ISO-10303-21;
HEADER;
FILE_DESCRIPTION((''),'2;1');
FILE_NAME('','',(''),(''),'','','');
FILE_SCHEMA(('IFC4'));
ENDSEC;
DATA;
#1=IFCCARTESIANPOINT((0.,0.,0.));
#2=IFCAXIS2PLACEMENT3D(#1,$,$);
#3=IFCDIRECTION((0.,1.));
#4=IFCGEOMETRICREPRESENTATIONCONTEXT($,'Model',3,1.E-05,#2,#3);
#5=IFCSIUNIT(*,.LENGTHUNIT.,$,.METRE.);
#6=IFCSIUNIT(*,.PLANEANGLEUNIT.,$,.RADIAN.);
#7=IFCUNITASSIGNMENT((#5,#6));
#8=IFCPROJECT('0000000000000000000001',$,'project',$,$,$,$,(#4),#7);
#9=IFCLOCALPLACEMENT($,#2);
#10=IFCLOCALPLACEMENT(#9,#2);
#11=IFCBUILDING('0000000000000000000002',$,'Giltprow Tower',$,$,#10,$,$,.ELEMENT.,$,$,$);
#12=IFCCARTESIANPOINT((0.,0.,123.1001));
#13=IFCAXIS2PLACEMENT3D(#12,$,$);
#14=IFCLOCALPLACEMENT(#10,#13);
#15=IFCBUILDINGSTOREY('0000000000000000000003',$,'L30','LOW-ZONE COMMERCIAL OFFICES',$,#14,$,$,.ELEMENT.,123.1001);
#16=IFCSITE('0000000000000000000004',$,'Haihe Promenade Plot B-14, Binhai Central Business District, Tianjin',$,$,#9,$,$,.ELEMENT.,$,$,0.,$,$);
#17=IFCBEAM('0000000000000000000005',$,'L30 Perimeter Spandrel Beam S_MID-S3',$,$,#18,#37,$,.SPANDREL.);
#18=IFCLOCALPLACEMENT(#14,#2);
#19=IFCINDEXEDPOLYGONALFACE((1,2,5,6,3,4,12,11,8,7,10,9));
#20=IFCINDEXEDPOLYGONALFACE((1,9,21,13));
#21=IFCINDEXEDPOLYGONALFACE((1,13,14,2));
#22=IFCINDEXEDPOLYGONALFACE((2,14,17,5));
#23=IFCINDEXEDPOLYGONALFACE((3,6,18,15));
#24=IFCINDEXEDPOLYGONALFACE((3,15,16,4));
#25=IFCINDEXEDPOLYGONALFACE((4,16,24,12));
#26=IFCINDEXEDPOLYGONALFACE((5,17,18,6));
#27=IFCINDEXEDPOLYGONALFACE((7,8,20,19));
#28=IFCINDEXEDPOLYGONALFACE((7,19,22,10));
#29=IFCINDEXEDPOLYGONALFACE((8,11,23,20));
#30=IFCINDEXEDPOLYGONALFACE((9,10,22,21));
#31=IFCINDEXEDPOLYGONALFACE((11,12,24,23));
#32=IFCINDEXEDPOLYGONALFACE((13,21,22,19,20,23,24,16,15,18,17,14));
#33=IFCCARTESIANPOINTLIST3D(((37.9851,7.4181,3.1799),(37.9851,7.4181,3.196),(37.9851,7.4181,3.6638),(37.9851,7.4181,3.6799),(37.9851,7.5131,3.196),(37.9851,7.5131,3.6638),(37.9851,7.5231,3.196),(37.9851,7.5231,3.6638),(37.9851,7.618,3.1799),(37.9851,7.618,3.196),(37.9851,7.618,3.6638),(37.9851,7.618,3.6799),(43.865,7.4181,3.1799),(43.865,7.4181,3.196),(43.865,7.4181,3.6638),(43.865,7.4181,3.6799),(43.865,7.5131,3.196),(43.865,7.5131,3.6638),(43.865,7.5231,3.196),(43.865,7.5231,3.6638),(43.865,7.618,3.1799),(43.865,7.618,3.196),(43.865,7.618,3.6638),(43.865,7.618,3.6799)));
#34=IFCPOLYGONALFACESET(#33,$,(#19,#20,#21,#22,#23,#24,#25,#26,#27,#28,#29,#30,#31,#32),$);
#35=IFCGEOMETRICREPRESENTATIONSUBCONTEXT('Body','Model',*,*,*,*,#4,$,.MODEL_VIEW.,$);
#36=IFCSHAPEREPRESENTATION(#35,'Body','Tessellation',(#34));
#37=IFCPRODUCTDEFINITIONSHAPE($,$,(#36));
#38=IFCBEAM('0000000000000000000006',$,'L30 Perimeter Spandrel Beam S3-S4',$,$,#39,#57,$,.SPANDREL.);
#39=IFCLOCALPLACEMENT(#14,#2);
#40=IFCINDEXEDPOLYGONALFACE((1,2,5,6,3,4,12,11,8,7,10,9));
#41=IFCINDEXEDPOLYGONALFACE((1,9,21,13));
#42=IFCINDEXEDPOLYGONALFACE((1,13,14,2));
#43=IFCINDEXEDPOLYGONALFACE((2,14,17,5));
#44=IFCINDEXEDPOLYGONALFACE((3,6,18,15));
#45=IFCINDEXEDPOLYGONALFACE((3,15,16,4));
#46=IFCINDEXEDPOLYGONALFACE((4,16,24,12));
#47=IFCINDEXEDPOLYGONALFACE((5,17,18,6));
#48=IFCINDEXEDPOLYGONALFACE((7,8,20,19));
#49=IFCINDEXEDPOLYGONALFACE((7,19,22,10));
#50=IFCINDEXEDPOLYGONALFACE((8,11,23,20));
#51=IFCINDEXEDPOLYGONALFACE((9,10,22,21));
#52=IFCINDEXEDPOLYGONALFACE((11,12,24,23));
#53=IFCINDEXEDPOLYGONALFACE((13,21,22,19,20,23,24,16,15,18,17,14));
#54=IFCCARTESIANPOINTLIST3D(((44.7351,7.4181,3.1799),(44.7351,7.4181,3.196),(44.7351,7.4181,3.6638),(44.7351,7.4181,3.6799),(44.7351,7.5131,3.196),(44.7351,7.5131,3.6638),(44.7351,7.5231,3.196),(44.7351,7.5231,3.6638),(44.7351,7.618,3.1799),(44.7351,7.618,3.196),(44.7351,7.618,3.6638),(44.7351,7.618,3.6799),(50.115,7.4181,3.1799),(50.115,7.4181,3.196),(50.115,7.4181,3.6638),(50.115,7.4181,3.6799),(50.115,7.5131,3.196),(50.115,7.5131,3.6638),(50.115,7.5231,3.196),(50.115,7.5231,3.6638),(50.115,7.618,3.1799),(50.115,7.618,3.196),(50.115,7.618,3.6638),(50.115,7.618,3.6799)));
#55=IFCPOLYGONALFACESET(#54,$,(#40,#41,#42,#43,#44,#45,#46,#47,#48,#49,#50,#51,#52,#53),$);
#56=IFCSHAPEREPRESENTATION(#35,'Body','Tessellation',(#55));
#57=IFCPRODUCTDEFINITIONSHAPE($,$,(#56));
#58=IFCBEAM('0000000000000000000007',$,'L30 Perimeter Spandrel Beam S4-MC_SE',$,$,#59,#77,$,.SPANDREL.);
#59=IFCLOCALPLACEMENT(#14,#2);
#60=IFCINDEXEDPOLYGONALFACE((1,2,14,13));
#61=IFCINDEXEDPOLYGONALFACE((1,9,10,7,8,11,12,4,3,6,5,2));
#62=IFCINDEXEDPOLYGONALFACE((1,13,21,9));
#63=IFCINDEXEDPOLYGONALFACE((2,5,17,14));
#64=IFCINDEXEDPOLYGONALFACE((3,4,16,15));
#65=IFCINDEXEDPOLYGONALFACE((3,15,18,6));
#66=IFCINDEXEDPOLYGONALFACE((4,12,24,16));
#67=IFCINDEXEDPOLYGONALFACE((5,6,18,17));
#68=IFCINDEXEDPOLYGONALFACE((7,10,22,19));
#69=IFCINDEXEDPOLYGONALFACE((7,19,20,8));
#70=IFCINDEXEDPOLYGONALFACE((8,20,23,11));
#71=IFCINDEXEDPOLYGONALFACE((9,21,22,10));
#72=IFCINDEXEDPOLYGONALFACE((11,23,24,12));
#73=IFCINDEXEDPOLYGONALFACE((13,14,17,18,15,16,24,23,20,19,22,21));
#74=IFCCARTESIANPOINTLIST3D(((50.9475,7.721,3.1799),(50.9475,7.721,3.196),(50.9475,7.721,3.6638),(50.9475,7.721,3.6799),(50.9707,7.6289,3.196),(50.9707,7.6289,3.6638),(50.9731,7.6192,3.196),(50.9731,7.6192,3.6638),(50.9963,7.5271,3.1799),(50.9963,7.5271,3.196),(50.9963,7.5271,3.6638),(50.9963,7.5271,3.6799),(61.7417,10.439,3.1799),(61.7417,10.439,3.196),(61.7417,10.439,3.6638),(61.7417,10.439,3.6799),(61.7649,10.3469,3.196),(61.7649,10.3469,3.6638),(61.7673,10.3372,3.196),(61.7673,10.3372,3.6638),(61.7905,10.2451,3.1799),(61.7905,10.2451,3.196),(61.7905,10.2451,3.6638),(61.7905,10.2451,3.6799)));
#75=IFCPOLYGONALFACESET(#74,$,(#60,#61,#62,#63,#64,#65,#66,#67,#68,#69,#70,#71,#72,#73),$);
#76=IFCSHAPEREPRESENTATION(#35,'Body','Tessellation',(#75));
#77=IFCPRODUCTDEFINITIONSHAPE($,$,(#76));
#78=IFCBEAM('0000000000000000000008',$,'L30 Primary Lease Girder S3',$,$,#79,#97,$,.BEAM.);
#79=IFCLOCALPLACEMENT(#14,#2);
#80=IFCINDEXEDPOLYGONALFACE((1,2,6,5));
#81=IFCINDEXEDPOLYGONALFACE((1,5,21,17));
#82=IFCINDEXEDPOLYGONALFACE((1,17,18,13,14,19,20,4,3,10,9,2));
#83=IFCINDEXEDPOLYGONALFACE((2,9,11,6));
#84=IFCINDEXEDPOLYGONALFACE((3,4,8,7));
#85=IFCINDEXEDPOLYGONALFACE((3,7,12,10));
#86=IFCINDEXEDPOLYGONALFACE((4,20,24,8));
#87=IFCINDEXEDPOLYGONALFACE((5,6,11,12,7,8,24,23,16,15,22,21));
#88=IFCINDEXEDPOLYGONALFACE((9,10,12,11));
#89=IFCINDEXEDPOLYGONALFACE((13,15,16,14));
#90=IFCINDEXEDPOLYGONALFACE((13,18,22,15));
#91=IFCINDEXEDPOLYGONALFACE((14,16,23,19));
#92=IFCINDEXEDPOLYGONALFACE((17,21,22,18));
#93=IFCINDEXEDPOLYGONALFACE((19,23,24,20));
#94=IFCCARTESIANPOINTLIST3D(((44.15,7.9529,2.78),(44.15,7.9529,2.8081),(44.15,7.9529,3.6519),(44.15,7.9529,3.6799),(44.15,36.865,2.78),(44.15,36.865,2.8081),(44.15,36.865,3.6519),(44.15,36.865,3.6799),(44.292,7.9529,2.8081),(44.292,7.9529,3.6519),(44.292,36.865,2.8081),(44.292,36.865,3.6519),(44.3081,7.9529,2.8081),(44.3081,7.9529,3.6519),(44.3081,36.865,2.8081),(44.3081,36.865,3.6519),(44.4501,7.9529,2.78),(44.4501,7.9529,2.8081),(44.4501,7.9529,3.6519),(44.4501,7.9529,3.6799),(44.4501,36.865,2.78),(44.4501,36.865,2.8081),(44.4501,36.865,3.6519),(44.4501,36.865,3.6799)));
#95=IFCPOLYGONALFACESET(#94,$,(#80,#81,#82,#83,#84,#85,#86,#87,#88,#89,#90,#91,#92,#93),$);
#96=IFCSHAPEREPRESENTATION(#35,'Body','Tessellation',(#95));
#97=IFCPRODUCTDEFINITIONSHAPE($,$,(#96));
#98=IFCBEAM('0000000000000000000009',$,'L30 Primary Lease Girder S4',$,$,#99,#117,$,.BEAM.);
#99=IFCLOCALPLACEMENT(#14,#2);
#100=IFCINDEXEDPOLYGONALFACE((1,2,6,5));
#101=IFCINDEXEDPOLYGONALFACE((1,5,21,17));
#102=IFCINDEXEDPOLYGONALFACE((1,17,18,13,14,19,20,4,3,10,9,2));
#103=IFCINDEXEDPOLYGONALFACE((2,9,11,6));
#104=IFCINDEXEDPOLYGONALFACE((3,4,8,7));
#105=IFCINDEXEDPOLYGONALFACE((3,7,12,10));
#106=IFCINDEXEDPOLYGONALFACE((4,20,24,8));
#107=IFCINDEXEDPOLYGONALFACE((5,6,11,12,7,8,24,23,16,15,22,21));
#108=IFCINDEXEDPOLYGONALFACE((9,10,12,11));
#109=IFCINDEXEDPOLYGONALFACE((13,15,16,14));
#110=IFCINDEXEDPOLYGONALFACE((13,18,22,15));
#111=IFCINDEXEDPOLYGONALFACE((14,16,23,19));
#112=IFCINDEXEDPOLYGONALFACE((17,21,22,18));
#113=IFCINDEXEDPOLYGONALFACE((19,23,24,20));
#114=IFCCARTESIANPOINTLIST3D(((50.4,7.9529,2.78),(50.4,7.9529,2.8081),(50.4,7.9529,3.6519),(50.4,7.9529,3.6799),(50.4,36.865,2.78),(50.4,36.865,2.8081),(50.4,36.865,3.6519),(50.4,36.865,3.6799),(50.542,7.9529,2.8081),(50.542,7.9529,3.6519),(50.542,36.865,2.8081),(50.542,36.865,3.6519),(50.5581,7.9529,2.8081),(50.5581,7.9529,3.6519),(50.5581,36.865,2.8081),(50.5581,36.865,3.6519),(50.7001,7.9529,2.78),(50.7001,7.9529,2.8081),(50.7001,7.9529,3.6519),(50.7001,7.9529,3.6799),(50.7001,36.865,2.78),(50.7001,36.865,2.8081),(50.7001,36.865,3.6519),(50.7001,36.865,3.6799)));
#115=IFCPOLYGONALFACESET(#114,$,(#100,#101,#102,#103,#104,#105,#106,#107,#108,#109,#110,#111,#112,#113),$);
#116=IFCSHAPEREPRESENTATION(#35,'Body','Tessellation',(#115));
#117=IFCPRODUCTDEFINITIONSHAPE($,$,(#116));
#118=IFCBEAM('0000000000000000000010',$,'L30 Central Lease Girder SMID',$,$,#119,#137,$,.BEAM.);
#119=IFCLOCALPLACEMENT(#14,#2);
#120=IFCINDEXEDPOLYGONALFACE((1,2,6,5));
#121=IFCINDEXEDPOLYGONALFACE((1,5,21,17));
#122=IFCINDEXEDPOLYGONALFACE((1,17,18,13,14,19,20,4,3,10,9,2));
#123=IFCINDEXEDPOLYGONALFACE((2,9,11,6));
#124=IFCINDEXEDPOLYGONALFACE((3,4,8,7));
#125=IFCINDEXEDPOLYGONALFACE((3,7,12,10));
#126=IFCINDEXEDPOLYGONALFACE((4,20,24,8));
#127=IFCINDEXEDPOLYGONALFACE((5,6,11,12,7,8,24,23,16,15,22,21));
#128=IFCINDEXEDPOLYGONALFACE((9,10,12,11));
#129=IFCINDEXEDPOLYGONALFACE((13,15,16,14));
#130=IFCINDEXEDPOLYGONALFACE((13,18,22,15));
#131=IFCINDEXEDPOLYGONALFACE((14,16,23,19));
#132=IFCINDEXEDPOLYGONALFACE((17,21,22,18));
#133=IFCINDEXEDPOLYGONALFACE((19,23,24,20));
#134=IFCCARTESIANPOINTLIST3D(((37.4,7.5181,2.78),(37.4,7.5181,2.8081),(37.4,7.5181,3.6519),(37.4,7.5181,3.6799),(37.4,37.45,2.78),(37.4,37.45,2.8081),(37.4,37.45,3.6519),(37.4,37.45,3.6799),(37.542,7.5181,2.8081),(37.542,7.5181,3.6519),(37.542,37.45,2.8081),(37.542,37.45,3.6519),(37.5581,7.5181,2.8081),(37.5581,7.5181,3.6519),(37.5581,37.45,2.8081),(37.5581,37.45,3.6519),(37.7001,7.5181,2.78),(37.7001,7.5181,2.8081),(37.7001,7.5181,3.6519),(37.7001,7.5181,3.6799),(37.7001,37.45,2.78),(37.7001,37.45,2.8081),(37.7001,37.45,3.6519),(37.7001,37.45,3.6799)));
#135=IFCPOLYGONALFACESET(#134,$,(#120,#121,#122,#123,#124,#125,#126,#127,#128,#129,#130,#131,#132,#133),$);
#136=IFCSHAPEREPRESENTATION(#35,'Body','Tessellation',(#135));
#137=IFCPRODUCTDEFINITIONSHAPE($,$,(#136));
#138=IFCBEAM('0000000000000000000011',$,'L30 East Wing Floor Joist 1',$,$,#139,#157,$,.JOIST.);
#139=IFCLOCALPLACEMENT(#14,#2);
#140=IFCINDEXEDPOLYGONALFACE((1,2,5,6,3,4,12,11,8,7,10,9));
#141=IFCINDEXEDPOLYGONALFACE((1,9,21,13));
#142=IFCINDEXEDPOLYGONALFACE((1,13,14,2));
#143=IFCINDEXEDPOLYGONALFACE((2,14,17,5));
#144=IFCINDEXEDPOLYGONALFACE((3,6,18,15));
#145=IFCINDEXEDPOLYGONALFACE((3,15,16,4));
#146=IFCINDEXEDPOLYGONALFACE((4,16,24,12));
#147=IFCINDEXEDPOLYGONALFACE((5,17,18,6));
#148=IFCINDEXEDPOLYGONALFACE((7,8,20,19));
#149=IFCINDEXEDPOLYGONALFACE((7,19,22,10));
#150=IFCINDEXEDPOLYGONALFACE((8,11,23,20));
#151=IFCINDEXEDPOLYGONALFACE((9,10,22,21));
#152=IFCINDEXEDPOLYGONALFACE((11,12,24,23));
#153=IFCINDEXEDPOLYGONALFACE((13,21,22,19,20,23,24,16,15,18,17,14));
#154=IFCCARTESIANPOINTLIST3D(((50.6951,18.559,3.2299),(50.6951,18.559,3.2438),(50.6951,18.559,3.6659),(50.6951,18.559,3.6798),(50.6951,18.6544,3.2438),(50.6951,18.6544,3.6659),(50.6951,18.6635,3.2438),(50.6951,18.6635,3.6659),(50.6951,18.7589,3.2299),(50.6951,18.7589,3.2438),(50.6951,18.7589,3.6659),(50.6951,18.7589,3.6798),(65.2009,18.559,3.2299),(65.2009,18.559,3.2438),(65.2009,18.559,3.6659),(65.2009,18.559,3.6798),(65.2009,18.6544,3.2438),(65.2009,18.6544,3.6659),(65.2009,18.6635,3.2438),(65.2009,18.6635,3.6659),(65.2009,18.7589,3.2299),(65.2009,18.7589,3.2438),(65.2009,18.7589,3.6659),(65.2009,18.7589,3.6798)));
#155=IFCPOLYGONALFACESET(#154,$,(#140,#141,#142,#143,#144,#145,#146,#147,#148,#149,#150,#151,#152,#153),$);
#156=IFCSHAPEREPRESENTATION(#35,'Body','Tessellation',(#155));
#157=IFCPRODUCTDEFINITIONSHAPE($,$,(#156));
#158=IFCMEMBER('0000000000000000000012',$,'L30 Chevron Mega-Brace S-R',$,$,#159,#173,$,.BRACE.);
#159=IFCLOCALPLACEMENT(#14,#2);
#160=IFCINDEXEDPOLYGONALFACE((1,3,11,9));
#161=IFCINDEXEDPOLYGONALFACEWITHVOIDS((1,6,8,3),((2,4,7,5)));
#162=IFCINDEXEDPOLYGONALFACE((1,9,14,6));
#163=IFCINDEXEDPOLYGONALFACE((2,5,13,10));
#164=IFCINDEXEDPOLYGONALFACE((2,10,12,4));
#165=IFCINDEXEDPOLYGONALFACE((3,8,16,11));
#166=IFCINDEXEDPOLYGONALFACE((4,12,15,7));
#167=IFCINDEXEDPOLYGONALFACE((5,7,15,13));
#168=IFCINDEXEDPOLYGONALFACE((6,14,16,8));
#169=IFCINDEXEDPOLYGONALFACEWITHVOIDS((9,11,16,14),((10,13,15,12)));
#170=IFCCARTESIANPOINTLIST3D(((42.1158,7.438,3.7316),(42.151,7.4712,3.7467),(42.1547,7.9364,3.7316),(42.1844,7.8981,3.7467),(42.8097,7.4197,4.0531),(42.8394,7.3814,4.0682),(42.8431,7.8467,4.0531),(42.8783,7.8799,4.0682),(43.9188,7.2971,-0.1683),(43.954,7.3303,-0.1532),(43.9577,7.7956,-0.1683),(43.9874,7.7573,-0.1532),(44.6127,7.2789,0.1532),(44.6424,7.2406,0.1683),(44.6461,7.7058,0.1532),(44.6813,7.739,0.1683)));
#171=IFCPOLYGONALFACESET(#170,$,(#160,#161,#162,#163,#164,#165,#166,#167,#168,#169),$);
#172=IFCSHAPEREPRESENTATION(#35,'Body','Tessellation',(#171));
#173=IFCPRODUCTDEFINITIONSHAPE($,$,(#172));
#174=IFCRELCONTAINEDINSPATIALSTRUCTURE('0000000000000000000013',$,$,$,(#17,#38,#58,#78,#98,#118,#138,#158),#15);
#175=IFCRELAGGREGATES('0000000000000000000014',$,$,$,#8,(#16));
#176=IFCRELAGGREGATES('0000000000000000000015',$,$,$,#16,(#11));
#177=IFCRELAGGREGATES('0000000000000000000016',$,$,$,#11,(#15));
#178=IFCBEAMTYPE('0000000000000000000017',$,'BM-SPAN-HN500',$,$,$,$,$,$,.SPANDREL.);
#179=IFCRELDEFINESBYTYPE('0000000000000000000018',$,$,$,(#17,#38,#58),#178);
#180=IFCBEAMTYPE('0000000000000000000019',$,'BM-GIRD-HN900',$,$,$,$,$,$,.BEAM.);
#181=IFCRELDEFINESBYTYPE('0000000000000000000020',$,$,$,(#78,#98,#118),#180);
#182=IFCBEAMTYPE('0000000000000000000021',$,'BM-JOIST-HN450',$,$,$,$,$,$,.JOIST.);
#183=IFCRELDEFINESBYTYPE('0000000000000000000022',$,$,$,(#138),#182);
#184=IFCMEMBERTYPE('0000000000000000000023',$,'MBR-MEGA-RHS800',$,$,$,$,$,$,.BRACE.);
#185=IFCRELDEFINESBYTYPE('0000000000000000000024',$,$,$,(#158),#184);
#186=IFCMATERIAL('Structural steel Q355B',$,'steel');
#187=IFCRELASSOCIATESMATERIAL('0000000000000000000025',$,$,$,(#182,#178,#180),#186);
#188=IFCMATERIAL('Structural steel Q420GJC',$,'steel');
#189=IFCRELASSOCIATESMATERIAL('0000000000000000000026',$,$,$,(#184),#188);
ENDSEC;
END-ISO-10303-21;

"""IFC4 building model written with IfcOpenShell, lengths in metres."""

from ifc_helpers import new_model, si_unit, direction, frame, origin, origin_2d, place, context, subcontext, project, spatial, hollow_rectangle, i_section, extrude, source, transform, mapped, material, material_profile, profile_set, type_object, element, save


model = new_model("IFC4")

# Units and contexts
model_context = context("Model", 3, precision=1e-05, world=origin(), true_north=direction((0.0, 1.0)))
body_context = subcontext(model_context, "Body", "Model", "MODEL_VIEW")
ifc_project = project(units=[si_unit("LENGTHUNIT", "METRE"), si_unit("PLANEANGLEUNIT", "RADIAN")], contexts=[model_context])

# Site, building, storey
site_placement = place(None, origin())
site = spatial("IfcSite", under=ifc_project, at=site_placement, Name="Haihe Promenade Plot B-14, Binhai Central Business District, Tianjin", CompositionType="ELEMENT", RefElevation=0.0)
building_placement = place(site_placement, origin())
building = spatial("IfcBuilding", under=site, at=building_placement, Name="Giltprow Tower", CompositionType="ELEMENT")
storey_placement = place(building_placement, frame((0.0, 0.0, 123.1001)))
storey = spatial("IfcBuildingStorey", under=building, at=storey_placement, Name="L30", Description="LOW-ZONE COMMERCIAL OFFICES", CompositionType="ELEMENT", Elevation=123.1001)

# Shared definitions
ifc_material_1 = material(Name="Structural steel Q420GJC", Category="steel")

# Beams
ifc_material_2 = material(Name="Structural steel Q355B", Category="steel")
ifc_material_profile_1 = material_profile(ifc_material_2, i_section(OverallWidth=0.2, OverallDepth=0.45, WebThickness=0.009, FlangeThickness=0.0139, at=origin_2d()), Name="HN 450x200x9x14")
ifc_profile_set_1 = profile_set([ifc_material_profile_1], Name="Structural steel Q355B")
beam_type_1 = type_object("IfcBeamType", Name="BM-JOIST-HN450", PredefinedType="JOIST", material=ifc_profile_set_1)
ifc_material_profile_2 = material_profile(ifc_material_2, i_section(OverallWidth=0.2, OverallDepth=0.5, WebThickness=0.01, FlangeThickness=0.0161, at=origin_2d()), Name="HN 500x200x10x16")
ifc_profile_set_2 = profile_set([ifc_material_profile_2], Name="Structural steel Q355B")
beam_type_2 = type_object("IfcBeamType", Name="BM-SPAN-HN500", PredefinedType="SPANDREL", material=ifc_profile_set_2)
shared_shape_1 = source(origin(), body_context, "Body", "SweptSolid", [
    extrude(i_section(OverallWidth=0.2, OverallDepth=0.5, WebThickness=0.01, FlangeThickness=0.0161, at=origin_2d()), origin(), (0.0, 0.0, 1.0), 5.8799),
])
beam_1_placement = place(storey_placement, frame((37.9851, 7.5181, 3.4299), z_axis=(1.0, 0.0, 0.0), x_axis=(0.0, 1.0, 0.0)))
element("IfcBeam", 1, at=beam_1_placement, inside=storey, type_object=beam_type_2, Name="L30 Perimeter Spandrel Beam S_MID-S3", PredefinedType="SPANDREL", context=body_context, shape_type="MappedRepresentation", body=[
    mapped(shared_shape_1, transform((0.0, 0.0, 0.0), x_axis=(1.0, 0.0, 0.0), y_axis=(0.0, 1.0, 0.0), z_axis=(0.0, 0.0, 1.0), scale=1.0)),
])
shared_shape_2 = source(origin(), body_context, "Body", "SweptSolid", [
    extrude(i_section(OverallWidth=0.2, OverallDepth=0.5, WebThickness=0.01, FlangeThickness=0.0161, at=origin_2d()), origin(), (0.0, 0.0, 1.0), 5.3799),
])
beam_2_placement = place(storey_placement, frame((44.7351, 7.5181, 3.4299), z_axis=(1.0, 0.0, 0.0), x_axis=(0.0, 1.0, 0.0)))
element("IfcBeam", 2, at=beam_2_placement, inside=storey, type_object=beam_type_2, Name="L30 Perimeter Spandrel Beam S3-S4", PredefinedType="SPANDREL", context=body_context, shape_type="MappedRepresentation", body=[
    mapped(shared_shape_2, transform((0.0, 0.0, 0.0), x_axis=(1.0, 0.0, 0.0), y_axis=(0.0, 1.0, 0.0), z_axis=(0.0, 0.0, 1.0), scale=1.0)),
])
shared_shape_3 = source(origin(), body_context, "Body", "SweptSolid", [
    extrude(i_section(OverallWidth=0.2, OverallDepth=0.5, WebThickness=0.01, FlangeThickness=0.0161, at=origin_2d()), origin(), (0.0, 0.0, 1.0), 11.1311),
])
beam_3_placement = place(storey_placement, frame((50.9719, 7.624, 3.4299), z_axis=(0.96973, 0.244182, 0.0), x_axis=(-0.244182, 0.96973, 0.0)))
element("IfcBeam", 3, at=beam_3_placement, inside=storey, type_object=beam_type_2, Name="L30 Perimeter Spandrel Beam S4-MC_SE", PredefinedType="SPANDREL", context=body_context, shape_type="MappedRepresentation", body=[
    mapped(shared_shape_3, transform((0.0, 0.0, 0.0), x_axis=(1.0, 0.0, 0.0), y_axis=(0.0, 1.0, 0.0), z_axis=(0.0, 0.0, 1.0), scale=1.0)),
])
ifc_material_profile_3 = material_profile(ifc_material_2, i_section(OverallWidth=0.3, OverallDepth=0.8999, WebThickness=0.0161, FlangeThickness=0.0281, at=origin_2d()), Name="HN 900x300x16x28")
ifc_profile_set_3 = profile_set([ifc_material_profile_3], Name="Structural steel Q355B")
beam_type_3 = type_object("IfcBeamType", Name="BM-GIRD-HN900", PredefinedType="BEAM", material=ifc_profile_set_3)
shared_shape_4 = source(origin(), body_context, "Body", "SweptSolid", [
    extrude(i_section(OverallWidth=0.3, OverallDepth=0.8999, WebThickness=0.0161, FlangeThickness=0.0281, at=origin_2d()), origin(), (0.0, 0.0, 1.0), 28.9121),
])
for number, where, z_axis, x_axis, name in (
    (4, (44.3, 7.9529, 3.23), (0.0, 1.0, 0.0), (-1.0, 0.0, 0.0), "L30 Primary Lease Girder S3"),
    (5, (50.55, 7.9529, 3.23), (0.0, 1.0, 0.0), (-1.0, 0.0, 0.0), "L30 Primary Lease Girder S4"),
):
    element("IfcBeam", number, at=place(storey_placement, frame(where, z_axis=z_axis, x_axis=x_axis)), inside=storey, type_object=beam_type_3, Name=name, PredefinedType="BEAM", context=body_context, shape_type="MappedRepresentation", body=[
        mapped(shared_shape_4, transform((0.0, 0.0, 0.0), x_axis=(1.0, 0.0, 0.0), y_axis=(0.0, 1.0, 0.0), z_axis=(0.0, 0.0, 1.0), scale=1.0)),
    ])
shared_shape_5 = source(origin(), body_context, "Body", "SweptSolid", [
    extrude(i_section(OverallWidth=0.3, OverallDepth=0.8999, WebThickness=0.0161, FlangeThickness=0.0281, at=origin_2d()), origin(), (0.0, 0.0, 1.0), 29.9319),
])
beam_4_placement = place(storey_placement, frame((37.55, 7.5181, 3.23), z_axis=(0.0, 1.0, 0.0), x_axis=(-1.0, 0.0, 0.0)))
element("IfcBeam", 6, at=beam_4_placement, inside=storey, type_object=beam_type_3, Name="L30 Central Lease Girder SMID", PredefinedType="BEAM", context=body_context, shape_type="MappedRepresentation", body=[
    mapped(shared_shape_5, transform((0.0, 0.0, 0.0), x_axis=(1.0, 0.0, 0.0), y_axis=(0.0, 1.0, 0.0), z_axis=(0.0, 0.0, 1.0), scale=1.0)),
])
shared_shape_6 = source(origin(), body_context, "Body", "SweptSolid", [
    extrude(i_section(OverallWidth=0.2, OverallDepth=0.45, WebThickness=0.009, FlangeThickness=0.0139, at=origin_2d()), origin(), (0.0, 0.0, 1.0), 14.5059),
])
beam_5_placement = place(storey_placement, frame((50.6951, 18.6589, 3.4548), z_axis=(1.0, 0.0, 0.0), x_axis=(0.0, 1.0, 0.0)))
element("IfcBeam", 7, at=beam_5_placement, inside=storey, type_object=beam_type_1, Name="L30 East Wing Floor Joist 1", PredefinedType="JOIST", context=body_context, shape_type="MappedRepresentation", body=[
    mapped(shared_shape_6, transform((0.0, 0.0, 0.0), x_axis=(1.0, 0.0, 0.0), y_axis=(0.0, 1.0, 0.0), z_axis=(0.0, 0.0, 1.0), scale=1.0)),
])

# Member
ifc_material_profile_4 = material_profile(ifc_material_1, hollow_rectangle(XDim=0.5, YDim=0.8, WallThickness=0.0359, at=origin_2d()), Name="RHS 800x500x36")
ifc_profile_set_4 = profile_set([ifc_material_profile_4], Name="Structural steel Q420GJC")
member_type_1 = type_object("IfcMemberType", Name="MBR-MEGA-RHS800", PredefinedType="BRACE", material=ifc_profile_set_4)
shared_shape_7 = source(origin(), body_context, "Body", "SweptSolid", [
    extrude(hollow_rectangle(XDim=0.5, YDim=0.8, WallThickness=0.0359, at=origin_2d()), origin(), (0.0, 0.0, 1.0), 4.2988),
])
member_1_placement = place(storey_placement, frame((44.3, 7.5181, 0.0), z_axis=(-0.419413, 0.032769, 0.907204), x_axis=(-0.077894, -0.996962, 0.0)))
element("IfcMember", 8, at=member_1_placement, inside=storey, type_object=member_type_1, Name="L30 Chevron Mega-Brace S-R", PredefinedType="BRACE", context=body_context, shape_type="MappedRepresentation", body=[
    mapped(shared_shape_7, transform((0.0, 0.0, 0.0), x_axis=(1.0, 0.0, 0.0), y_axis=(0.0, 1.0, 0.0), z_axis=(0.0, 0.0, 1.0), scale=1.0)),
])

save(model, "model.ifc")
